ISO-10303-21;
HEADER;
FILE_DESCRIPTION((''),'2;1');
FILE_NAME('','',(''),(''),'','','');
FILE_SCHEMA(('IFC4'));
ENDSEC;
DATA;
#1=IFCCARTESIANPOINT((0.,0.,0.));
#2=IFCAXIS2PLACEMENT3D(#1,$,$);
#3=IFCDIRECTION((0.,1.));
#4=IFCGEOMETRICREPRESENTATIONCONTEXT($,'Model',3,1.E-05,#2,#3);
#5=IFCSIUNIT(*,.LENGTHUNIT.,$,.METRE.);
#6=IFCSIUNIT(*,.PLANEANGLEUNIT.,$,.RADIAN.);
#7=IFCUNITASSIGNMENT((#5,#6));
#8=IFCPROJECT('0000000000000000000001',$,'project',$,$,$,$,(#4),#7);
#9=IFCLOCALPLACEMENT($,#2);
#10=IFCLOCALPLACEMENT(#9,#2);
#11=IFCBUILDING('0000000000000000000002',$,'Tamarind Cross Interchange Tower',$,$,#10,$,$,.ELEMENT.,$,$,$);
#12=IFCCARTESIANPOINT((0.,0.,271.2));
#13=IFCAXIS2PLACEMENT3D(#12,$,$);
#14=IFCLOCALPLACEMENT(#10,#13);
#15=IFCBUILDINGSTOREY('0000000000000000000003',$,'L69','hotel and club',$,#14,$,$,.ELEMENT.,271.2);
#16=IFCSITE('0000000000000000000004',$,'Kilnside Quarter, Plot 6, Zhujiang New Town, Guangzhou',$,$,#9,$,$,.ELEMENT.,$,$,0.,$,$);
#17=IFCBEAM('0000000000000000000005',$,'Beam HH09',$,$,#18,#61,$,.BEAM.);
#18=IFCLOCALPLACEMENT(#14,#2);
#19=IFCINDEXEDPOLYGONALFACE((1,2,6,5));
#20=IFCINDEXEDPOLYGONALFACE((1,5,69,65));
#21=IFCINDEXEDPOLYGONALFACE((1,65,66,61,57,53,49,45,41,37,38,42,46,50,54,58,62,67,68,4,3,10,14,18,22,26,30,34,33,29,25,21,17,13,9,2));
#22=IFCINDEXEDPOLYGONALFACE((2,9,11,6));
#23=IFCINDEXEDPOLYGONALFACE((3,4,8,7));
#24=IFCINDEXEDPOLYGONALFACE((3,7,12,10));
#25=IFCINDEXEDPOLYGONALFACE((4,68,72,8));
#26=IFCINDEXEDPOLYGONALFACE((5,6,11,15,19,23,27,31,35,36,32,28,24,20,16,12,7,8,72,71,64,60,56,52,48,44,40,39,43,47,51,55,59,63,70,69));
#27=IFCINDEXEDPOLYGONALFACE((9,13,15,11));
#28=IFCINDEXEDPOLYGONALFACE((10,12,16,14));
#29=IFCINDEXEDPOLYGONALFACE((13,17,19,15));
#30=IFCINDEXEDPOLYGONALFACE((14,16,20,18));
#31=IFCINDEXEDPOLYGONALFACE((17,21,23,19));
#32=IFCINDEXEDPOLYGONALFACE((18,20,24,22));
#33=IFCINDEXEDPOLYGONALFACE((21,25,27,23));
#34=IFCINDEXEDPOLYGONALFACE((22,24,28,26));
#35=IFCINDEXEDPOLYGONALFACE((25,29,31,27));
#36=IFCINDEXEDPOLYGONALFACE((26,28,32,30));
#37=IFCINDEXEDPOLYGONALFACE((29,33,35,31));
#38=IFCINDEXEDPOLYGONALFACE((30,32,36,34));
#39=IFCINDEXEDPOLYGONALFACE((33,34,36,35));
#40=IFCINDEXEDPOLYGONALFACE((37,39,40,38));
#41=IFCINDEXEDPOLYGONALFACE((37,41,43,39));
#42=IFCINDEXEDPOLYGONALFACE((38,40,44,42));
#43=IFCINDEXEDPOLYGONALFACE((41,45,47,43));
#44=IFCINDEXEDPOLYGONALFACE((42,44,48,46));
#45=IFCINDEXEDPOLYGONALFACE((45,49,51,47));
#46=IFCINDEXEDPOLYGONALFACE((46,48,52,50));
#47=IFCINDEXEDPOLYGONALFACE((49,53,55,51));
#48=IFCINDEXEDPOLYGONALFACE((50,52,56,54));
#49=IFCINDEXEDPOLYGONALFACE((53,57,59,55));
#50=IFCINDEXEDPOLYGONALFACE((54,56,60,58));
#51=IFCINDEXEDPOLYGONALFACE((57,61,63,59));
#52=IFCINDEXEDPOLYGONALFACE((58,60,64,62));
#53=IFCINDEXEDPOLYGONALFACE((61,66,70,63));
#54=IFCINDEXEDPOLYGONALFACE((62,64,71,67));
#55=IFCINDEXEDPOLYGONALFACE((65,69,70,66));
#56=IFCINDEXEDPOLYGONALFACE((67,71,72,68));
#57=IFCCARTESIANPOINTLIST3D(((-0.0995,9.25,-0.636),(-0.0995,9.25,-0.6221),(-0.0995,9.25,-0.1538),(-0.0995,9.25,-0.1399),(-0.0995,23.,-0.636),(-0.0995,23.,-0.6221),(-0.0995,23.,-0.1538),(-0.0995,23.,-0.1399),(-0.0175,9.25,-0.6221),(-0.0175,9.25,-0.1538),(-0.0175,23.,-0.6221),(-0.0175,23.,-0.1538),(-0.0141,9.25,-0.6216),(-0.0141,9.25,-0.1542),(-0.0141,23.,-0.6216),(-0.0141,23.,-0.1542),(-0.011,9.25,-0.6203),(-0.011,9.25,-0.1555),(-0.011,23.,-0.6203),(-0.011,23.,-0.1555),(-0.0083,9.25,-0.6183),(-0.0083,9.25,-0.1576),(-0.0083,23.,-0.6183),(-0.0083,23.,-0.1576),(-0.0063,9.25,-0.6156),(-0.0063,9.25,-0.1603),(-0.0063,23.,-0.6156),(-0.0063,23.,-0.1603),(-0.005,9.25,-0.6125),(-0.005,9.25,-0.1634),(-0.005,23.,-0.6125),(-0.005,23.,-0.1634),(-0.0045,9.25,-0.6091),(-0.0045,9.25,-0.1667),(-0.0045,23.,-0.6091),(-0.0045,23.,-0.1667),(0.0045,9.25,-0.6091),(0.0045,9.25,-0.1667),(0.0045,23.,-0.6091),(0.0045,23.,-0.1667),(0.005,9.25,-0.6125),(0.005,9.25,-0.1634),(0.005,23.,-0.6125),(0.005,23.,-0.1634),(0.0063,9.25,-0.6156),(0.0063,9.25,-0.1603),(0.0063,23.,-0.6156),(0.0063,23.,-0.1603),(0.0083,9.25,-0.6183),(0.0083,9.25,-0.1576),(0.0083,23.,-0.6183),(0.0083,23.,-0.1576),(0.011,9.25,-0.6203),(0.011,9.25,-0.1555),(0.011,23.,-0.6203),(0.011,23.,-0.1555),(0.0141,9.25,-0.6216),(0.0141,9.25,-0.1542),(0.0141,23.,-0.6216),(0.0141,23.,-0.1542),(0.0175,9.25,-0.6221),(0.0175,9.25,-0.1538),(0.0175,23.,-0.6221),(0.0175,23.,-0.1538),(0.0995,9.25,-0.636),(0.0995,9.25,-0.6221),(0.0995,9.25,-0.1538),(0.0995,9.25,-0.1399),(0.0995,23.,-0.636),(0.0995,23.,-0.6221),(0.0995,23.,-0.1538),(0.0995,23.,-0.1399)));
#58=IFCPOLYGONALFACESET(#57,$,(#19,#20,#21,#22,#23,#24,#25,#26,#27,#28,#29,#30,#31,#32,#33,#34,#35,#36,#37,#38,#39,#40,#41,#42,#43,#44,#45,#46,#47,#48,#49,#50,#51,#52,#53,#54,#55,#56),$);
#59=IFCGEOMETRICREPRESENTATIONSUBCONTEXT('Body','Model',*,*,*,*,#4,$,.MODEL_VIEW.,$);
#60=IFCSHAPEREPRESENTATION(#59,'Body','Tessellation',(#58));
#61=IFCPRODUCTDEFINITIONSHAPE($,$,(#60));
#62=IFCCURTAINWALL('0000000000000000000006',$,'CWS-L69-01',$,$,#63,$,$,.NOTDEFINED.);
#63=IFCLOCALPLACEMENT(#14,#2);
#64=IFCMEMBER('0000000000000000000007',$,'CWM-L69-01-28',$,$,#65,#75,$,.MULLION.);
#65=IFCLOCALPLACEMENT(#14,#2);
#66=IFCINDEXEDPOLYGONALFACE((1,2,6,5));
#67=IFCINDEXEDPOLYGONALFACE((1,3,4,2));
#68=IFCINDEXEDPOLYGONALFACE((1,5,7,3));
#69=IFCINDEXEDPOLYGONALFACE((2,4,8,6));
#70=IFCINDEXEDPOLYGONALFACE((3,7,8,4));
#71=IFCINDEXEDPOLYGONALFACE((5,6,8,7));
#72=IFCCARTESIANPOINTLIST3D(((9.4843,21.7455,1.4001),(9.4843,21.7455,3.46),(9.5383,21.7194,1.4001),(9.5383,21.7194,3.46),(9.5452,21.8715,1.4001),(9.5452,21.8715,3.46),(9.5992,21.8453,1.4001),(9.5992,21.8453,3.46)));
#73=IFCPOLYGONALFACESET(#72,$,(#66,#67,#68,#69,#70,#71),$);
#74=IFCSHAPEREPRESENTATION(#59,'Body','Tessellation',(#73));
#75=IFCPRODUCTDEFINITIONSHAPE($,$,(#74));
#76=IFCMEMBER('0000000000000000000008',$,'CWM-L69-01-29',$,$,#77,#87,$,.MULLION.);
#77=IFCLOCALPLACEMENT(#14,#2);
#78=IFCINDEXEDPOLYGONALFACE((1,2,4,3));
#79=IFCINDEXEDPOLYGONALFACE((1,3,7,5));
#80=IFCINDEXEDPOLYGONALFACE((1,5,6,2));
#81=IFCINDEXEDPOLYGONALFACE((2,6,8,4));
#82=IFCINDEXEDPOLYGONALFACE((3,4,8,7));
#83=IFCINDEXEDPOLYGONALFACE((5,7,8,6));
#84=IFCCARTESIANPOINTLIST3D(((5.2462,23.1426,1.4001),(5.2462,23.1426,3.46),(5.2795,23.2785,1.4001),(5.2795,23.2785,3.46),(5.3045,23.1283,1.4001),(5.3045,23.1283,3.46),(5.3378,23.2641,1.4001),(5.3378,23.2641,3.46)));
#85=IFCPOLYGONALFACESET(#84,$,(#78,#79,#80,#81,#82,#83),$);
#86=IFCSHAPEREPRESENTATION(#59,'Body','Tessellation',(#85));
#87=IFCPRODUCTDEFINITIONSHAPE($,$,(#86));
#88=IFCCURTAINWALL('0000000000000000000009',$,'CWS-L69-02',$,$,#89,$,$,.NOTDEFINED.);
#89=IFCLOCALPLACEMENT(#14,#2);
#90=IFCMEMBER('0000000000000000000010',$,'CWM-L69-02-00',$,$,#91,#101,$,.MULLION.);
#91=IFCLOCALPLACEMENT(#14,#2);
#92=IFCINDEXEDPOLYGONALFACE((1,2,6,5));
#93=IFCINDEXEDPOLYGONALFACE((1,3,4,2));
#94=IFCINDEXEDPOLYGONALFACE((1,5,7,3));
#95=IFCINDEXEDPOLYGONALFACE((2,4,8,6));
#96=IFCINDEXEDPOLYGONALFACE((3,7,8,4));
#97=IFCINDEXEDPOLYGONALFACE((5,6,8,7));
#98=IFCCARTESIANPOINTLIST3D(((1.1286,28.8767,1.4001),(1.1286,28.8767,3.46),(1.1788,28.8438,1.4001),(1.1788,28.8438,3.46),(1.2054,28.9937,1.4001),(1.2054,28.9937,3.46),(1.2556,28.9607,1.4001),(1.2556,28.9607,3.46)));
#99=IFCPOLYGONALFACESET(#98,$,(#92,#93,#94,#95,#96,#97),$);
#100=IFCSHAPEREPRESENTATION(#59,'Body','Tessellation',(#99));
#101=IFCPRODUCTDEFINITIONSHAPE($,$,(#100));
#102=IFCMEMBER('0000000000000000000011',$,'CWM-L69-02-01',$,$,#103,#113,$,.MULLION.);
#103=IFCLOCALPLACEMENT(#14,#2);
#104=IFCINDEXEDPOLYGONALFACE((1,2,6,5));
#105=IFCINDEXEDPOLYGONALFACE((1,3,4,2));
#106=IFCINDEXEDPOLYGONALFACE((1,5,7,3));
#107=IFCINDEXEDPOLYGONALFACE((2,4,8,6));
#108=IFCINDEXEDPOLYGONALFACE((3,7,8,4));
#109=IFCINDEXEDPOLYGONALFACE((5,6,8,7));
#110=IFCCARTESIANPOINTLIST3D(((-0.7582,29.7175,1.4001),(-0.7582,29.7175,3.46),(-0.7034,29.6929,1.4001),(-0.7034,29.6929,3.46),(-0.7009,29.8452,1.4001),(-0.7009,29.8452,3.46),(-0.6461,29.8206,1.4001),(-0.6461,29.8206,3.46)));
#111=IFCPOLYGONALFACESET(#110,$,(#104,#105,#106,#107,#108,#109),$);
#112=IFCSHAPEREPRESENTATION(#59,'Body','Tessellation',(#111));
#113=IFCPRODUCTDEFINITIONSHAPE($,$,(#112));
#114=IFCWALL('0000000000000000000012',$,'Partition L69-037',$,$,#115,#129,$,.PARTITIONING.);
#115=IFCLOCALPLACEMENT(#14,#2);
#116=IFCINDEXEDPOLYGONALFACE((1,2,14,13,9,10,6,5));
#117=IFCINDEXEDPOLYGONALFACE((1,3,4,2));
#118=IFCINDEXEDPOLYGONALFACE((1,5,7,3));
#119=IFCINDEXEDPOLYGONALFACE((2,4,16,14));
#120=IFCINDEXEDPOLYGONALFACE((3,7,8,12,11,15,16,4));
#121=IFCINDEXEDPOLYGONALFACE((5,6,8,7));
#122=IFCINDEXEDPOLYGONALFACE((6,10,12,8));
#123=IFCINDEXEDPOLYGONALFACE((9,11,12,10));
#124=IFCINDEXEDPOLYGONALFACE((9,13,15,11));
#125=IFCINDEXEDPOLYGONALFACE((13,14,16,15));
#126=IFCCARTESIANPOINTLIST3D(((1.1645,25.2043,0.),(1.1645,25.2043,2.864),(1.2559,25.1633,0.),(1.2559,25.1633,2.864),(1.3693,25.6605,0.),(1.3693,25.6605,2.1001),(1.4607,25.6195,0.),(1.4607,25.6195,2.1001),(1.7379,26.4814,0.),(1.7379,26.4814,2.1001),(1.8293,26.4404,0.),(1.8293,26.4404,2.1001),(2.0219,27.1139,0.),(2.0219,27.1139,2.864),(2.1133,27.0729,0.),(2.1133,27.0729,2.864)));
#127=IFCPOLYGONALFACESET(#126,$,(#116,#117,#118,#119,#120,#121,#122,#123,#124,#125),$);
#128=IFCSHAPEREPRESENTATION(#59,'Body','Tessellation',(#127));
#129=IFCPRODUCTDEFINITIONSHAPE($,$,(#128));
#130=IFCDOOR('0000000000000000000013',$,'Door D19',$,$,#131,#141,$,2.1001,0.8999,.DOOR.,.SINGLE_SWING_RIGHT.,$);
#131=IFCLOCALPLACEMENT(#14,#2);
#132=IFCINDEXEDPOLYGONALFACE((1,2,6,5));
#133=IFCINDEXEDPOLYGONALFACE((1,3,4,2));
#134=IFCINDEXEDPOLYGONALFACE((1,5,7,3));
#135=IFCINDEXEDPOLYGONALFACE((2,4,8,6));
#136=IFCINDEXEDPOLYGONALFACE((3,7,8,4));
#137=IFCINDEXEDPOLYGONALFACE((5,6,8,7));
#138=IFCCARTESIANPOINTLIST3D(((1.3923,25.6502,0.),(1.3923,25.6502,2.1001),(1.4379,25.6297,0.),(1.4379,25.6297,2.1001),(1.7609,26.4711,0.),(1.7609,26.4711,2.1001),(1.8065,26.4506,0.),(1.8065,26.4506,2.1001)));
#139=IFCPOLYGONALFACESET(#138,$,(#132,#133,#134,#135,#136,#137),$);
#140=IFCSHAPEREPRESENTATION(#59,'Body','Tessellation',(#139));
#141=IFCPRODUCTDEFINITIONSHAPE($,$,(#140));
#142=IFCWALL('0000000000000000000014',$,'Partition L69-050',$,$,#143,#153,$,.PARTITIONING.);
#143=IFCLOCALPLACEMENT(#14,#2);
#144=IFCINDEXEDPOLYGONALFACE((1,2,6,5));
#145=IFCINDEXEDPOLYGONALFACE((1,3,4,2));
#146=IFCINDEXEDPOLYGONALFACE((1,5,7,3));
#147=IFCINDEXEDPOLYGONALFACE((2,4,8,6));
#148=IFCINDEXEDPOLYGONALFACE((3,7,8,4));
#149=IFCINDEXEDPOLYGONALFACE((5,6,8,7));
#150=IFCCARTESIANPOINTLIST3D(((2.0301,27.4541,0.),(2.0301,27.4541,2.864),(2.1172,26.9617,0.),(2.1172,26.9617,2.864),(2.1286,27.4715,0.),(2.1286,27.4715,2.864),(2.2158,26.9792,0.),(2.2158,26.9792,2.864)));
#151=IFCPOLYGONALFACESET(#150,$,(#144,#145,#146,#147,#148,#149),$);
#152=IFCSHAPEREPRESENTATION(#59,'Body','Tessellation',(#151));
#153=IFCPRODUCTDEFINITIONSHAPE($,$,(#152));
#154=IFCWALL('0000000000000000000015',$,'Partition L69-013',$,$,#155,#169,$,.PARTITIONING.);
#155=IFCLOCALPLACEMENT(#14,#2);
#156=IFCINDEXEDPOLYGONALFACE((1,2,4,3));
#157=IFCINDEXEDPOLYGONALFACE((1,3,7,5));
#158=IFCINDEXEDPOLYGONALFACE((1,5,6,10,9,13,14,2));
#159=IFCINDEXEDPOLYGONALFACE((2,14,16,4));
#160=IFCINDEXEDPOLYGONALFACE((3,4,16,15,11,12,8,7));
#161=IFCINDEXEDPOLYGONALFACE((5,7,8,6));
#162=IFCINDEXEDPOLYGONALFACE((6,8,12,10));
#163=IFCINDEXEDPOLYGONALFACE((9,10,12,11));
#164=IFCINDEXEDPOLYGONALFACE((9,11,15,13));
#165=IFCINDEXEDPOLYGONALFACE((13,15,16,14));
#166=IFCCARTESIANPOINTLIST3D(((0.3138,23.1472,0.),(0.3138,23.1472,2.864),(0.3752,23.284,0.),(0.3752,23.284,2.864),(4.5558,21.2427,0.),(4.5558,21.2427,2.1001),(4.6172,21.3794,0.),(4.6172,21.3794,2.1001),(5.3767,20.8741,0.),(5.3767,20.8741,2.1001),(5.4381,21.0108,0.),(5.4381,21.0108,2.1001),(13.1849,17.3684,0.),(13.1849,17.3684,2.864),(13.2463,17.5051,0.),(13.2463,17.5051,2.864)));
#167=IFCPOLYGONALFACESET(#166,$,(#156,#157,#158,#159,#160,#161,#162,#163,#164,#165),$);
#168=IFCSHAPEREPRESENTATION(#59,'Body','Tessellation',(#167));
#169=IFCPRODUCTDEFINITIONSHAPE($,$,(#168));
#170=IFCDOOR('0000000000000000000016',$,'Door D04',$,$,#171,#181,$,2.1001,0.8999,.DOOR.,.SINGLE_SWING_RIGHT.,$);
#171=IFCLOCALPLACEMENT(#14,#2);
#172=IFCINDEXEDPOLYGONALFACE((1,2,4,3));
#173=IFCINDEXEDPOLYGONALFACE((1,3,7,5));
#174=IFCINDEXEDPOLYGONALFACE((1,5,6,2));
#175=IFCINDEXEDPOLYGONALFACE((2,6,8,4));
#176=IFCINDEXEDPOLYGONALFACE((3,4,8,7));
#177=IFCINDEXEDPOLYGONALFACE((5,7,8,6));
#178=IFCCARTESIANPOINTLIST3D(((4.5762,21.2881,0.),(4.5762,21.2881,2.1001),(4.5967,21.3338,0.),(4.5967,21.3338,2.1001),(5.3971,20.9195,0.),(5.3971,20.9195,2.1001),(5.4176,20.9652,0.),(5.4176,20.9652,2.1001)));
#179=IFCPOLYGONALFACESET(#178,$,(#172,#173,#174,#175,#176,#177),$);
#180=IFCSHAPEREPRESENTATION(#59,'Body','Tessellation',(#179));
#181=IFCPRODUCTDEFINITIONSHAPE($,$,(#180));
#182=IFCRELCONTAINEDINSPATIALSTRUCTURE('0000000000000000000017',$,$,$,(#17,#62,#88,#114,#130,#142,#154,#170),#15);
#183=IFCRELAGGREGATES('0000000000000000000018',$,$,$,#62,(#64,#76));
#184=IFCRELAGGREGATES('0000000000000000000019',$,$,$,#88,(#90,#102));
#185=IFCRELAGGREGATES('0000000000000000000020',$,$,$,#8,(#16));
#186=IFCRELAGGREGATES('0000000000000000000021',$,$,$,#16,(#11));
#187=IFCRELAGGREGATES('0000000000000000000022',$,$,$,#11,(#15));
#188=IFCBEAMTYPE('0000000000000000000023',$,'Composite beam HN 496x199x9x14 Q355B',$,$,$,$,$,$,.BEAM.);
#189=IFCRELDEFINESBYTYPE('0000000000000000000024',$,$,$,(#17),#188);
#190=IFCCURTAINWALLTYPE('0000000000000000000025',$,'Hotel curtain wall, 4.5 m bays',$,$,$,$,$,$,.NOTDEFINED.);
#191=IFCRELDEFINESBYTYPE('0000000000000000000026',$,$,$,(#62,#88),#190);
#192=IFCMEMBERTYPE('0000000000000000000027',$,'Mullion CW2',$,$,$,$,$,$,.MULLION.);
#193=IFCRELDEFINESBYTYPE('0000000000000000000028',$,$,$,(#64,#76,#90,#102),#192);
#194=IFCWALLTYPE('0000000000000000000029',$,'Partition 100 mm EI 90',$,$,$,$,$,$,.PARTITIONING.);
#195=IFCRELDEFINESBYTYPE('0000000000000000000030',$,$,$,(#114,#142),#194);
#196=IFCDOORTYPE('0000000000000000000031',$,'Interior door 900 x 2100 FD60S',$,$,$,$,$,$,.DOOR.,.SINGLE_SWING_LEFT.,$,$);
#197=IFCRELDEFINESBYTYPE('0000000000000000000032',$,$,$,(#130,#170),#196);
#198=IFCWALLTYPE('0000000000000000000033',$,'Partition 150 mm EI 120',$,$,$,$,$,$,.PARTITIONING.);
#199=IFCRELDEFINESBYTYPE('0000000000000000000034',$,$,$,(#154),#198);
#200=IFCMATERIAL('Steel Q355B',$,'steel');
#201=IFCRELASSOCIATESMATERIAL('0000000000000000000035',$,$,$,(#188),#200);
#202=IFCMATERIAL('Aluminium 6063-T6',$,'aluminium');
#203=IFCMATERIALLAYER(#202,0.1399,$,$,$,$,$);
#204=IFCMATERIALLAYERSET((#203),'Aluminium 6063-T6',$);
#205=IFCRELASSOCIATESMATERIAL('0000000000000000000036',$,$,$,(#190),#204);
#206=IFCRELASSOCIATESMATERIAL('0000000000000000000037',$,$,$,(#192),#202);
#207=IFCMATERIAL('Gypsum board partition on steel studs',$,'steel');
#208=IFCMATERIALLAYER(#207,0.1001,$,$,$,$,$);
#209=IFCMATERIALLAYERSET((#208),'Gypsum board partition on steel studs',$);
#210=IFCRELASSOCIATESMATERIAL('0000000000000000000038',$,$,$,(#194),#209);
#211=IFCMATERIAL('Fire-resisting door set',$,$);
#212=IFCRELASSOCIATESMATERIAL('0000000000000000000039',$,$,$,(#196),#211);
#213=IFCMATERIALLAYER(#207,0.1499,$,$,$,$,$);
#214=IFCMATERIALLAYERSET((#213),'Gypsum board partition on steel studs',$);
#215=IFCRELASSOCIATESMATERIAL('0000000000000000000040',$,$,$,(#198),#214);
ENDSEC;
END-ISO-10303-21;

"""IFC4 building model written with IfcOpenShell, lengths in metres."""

from ifc_helpers import new_model, si_unit, direction, frame, frame_2d, origin, origin_2d, place, context, subcontext, project, spatial, rectangle, i_section, extrude, material, layer, layer_set, material_profile, profile_set, type_object, element, fill, aggregate, save


model = new_model("IFC4")

# Units and contexts
model_context = context("Model", 3, precision=1e-05, world=origin(), true_north=direction((0.0, 1.0)))
body_context = subcontext(model_context, "Body", "Model", "MODEL_VIEW")
ifc_project = project(units=[si_unit("LENGTHUNIT", "METRE"), si_unit("PLANEANGLEUNIT", "RADIAN")], contexts=[model_context])

# Site, building, storey
site_placement = place(None, origin())
site = spatial("IfcSite", under=ifc_project, at=site_placement, Name="Kilnside Quarter, Plot 6, Zhujiang New Town, Guangzhou", CompositionType="ELEMENT", RefElevation=0.0)
building_placement = place(site_placement, origin())
building = spatial("IfcBuilding", under=site, at=building_placement, Name="Tamarind Cross Interchange Tower", CompositionType="ELEMENT")
storey_placement = place(building_placement, frame((0.0, 0.0, 271.2)))
storey = spatial("IfcBuildingStorey", under=building, at=storey_placement, Name="L69", Description="hotel and club", CompositionType="ELEMENT", Elevation=271.2)

# Beam
ifc_material_1 = material(Name="Steel Q355B", Category="steel")
ifc_material_profile_1 = material_profile(ifc_material_1, i_section(OverallWidth=0.199, OverallDepth=0.4961, WebThickness=0.009, FlangeThickness=0.0139, FilletRadius=0.0129, at=origin_2d()), Name="HN 496x199x9x14")
ifc_profile_set_1 = profile_set([ifc_material_profile_1], Name="Steel Q355B")
beam_type = type_object("IfcBeamType", Name="Composite beam HN 496x199x9x14 Q355B", PredefinedType="BEAM", material=ifc_profile_set_1)
beam_1_placement = place(storey_placement, frame((0.0, 23.0, -0.3879), z_axis=(0.0, -1.0, 0.0), x_axis=(1.0, 0.0, 0.0)))
element("IfcBeam", 1, at=beam_1_placement, inside=storey, type_object=beam_type, Name="Beam HH09", PredefinedType="BEAM", context=body_context, shape_type="SweptSolid", body=[
    extrude(i_section(OverallWidth=0.199, OverallDepth=0.4961, WebThickness=0.009, FlangeThickness=0.0139, FilletRadius=0.0129, at=origin_2d()), origin(), (0.0, 0.0, 1.0), 13.75),
])

# Curtain walls, members
ifc_material_2 = material(Name="Aluminium 6063-T6", Category="aluminium")
ifc_layer_1 = layer(ifc_material_2, 0.1399)
ifc_layer_set_1 = layer_set([ifc_layer_1], Name="Aluminium 6063-T6")
curtain_wall_type = type_object("IfcCurtainWallType", Name="Hotel curtain wall, 4.5 m bays", PredefinedType="NOTDEFINED", material=ifc_layer_set_1)
curtain_wall_1_placement = place(storey_placement, origin())
curtain_wall_1 = element("IfcCurtainWall", 2, at=curtain_wall_1_placement, inside=storey, type_object=curtain_wall_type, Name="CWS-L69-01", PredefinedType="NOTDEFINED")
ifc_material_profile_2 = material_profile(ifc_material_2, rectangle(XDim=0.0601, YDim=0.1399, at=origin_2d()), Name="Mullion CW2")
ifc_profile_set_2 = profile_set([ifc_material_profile_2], Name="Aluminium 6063-T6")
member_type = type_object("IfcMemberType", Name="Mullion CW2", PredefinedType="MULLION", material=ifc_profile_set_2)
member_1_placement = place(storey_placement, frame((9.5417, 21.7954, 1.4001), z_axis=(0.0, 0.0, 1.0), x_axis=(-0.900273, 0.435326, 0.0)))
member_1 = element("IfcMember", 3, at=member_1_placement, type_object=member_type, Name="CWM-L69-01-28", PredefinedType="MULLION", context=body_context, shape_type="SweptSolid", body=[
    extrude(rectangle(XDim=0.0601, YDim=0.1399, at=origin_2d()), origin(), (0.0, 0.0, 1.0), 2.0598),
])
member_2_placement = place(storey_placement, frame((5.292, 23.2034, 1.4001), z_axis=(0.0, 0.0, 1.0), x_axis=(-0.97116, 0.238427, 0.0)))
member_2 = element("IfcMember", 4, at=member_2_placement, type_object=member_type, Name="CWM-L69-01-29", PredefinedType="MULLION", context=body_context, shape_type="SweptSolid", body=[
    extrude(rectangle(XDim=0.0601, YDim=0.1399, at=origin_2d()), origin(), (0.0, 0.0, 1.0), 2.0598),
])
aggregate(curtain_wall_1, [member_1, member_2])
curtain_wall_2_placement = place(storey_placement, origin())
curtain_wall_2 = element("IfcCurtainWall", 5, at=curtain_wall_2_placement, inside=storey, type_object=curtain_wall_type, Name="CWS-L69-02", PredefinedType="NOTDEFINED")
member_3_placement = place(storey_placement, frame((1.1921, 28.9187, 1.4001), z_axis=(0.0, 0.0, 1.0), x_axis=(-0.835849, 0.548959, 0.0)))
member_3 = element("IfcMember", 6, at=member_3_placement, type_object=member_type, Name="CWM-L69-02-00", PredefinedType="MULLION", context=body_context, shape_type="SweptSolid", body=[
    extrude(rectangle(XDim=0.0601, YDim=0.1399, at=origin_2d()), origin(), (0.0, 0.0, 1.0), 2.0598),
])
member_4_placement = place(storey_placement, frame((-0.7021, 29.769, 1.4001), z_axis=(0.0, 0.0, 1.0), x_axis=(-0.91228, 0.409566, 0.0)))
member_4 = element("IfcMember", 7, at=member_4_placement, type_object=member_type, Name="CWM-L69-02-01", PredefinedType="MULLION", context=body_context, shape_type="SweptSolid", body=[
    extrude(rectangle(XDim=0.0601, YDim=0.1399, at=origin_2d()), origin(), (0.0, 0.0, 1.0), 2.0598),
])
aggregate(curtain_wall_2, [member_3, member_4])

# Wall, opening, door
ifc_material_3 = material(Name="Gypsum board partition on steel studs", Category="steel")
ifc_layer_2 = layer(ifc_material_3, 0.1001)
ifc_layer_set_2 = layer_set([ifc_layer_2], Name="Gypsum board partition on steel studs")
wall_type_1 = type_object("IfcWallType", Name="Partition 100 mm EI 90", PredefinedType="PARTITIONING", material=ifc_layer_set_2)
wall_1_placement = place(storey_placement, frame((1.2102, 25.1838, 0.0), z_axis=(0.0, 0.0, 1.0), x_axis=(0.409598, 0.912266, 0.0)))
wall_1 = element("IfcWall", 8, at=wall_1_placement, inside=storey, type_object=wall_type_1, Name="Partition L69-037", PredefinedType="PARTITIONING", context=body_context, shape_type="SweptSolid", body=[
    extrude(rectangle(XDim=2.0933, YDim=0.1001, at=frame_2d((1.0466, 0.0))), origin(), (0.0, 0.0, 1.0), 2.864),
])
opening_1_placement = place(wall_1_placement, frame((0.5, 0.0, 0.0)))
opening_1 = element("IfcOpeningElement", 9, at=opening_1_placement, cuts=wall_1, PredefinedType="OPENING", context=body_context, shape_type="SweptSolid", body=[
    extrude(rectangle(XDim=0.8999, YDim=2.1001, at=frame_2d((0.45, 1.05))), frame((0.0, 0.0601, 0.0), z_axis=(0.0, -1.0, 0.0), x_axis=(1.0, 0.0, 0.0)), (0.0, 0.0, 1.0), 0.1201),
])
ifc_material_4 = material(Name="Fire-resisting door set")
door_type = type_object("IfcDoorType", Name="Interior door 900 x 2100 FD60S", OperationType="SINGLE_SWING_LEFT", PredefinedType="DOOR", material=ifc_material_4)
door_1_placement = place(opening_1_placement, origin())
door_1 = element("IfcDoor", 10, at=door_1_placement, inside=storey, type_object=door_type, Name="Door D19", OperationType="SINGLE_SWING_RIGHT", OverallHeight=2.1001, OverallWidth=0.8999, PredefinedType="DOOR", context=body_context, shape_type="SweptSolid", body=[
    extrude(rectangle(XDim=0.8999, YDim=2.1001, at=frame_2d((0.45, 1.05))), frame((0.0, 0.0249, 0.0), z_axis=(0.0, -1.0, 0.0), x_axis=(1.0, 0.0, 0.0)), (0.0, 0.0, 1.0), 0.05),
])
fill(opening_1, door_1)

# Wall
wall_2_placement = place(storey_placement, frame((2.1665, 26.9705, 0.0), z_axis=(0.0, 0.0, 1.0), x_axis=(-0.174287, 0.984695, 0.0)))
element("IfcWall", 11, at=wall_2_placement, inside=storey, type_object=wall_type_1, Name="Partition L69-050", PredefinedType="PARTITIONING", context=body_context, shape_type="SweptSolid", body=[
    extrude(rectangle(XDim=0.5, YDim=0.1001, at=frame_2d((0.25, 0.0))), origin(), (0.0, 0.0, 1.0), 2.864),
])

# Wall, opening, door
ifc_layer_3 = layer(ifc_material_3, 0.1499)
ifc_layer_set_3 = layer_set([ifc_layer_3], Name="Gypsum board partition on steel studs")
wall_type_2 = type_object("IfcWallType", Name="Partition 150 mm EI 120", PredefinedType="PARTITIONING", material=ifc_layer_set_3)
wall_3_placement = place(storey_placement, frame((0.3445, 23.2156, 0.0), z_axis=(0.0, 0.0, 1.0), x_axis=(0.912271, -0.409587, 0.0)))
wall_3 = element("IfcWall", 12, at=wall_3_placement, inside=storey, type_object=wall_type_2, Name="Partition L69-013", PredefinedType="PARTITIONING", context=body_context, shape_type="SweptSolid", body=[
    extrude(rectangle(XDim=14.1089, YDim=0.1499, at=frame_2d((7.0544, 0.0))), origin(), (0.0, 0.0, 1.0), 2.864),
])
opening_2_placement = place(wall_3_placement, frame((4.6499, 0.0, 0.0)))
opening_2 = element("IfcOpeningElement", 13, at=opening_2_placement, cuts=wall_3, PredefinedType="OPENING", context=body_context, shape_type="SweptSolid", body=[
    extrude(rectangle(XDim=0.8999, YDim=2.1001, at=frame_2d((0.45, 1.05))), frame((0.0, 0.085, 0.0), z_axis=(0.0, -1.0, 0.0), x_axis=(1.0, 0.0, 0.0)), (0.0, 0.0, 1.0), 0.1699),
])
door_2_placement = place(opening_2_placement, origin())
door_2 = element("IfcDoor", 14, at=door_2_placement, inside=storey, type_object=door_type, Name="Door D04", OperationType="SINGLE_SWING_RIGHT", OverallHeight=2.1001, OverallWidth=0.8999, PredefinedType="DOOR", context=body_context, shape_type="SweptSolid", body=[
    extrude(rectangle(XDim=0.8999, YDim=2.1001, at=frame_2d((0.45, 1.05))), frame((0.0, 0.0249, 0.0), z_axis=(0.0, -1.0, 0.0), x_axis=(1.0, 0.0, 0.0)), (0.0, 0.0, 1.0), 0.05),
])
fill(opening_2, door_2)

save(model, "model.ifc")
